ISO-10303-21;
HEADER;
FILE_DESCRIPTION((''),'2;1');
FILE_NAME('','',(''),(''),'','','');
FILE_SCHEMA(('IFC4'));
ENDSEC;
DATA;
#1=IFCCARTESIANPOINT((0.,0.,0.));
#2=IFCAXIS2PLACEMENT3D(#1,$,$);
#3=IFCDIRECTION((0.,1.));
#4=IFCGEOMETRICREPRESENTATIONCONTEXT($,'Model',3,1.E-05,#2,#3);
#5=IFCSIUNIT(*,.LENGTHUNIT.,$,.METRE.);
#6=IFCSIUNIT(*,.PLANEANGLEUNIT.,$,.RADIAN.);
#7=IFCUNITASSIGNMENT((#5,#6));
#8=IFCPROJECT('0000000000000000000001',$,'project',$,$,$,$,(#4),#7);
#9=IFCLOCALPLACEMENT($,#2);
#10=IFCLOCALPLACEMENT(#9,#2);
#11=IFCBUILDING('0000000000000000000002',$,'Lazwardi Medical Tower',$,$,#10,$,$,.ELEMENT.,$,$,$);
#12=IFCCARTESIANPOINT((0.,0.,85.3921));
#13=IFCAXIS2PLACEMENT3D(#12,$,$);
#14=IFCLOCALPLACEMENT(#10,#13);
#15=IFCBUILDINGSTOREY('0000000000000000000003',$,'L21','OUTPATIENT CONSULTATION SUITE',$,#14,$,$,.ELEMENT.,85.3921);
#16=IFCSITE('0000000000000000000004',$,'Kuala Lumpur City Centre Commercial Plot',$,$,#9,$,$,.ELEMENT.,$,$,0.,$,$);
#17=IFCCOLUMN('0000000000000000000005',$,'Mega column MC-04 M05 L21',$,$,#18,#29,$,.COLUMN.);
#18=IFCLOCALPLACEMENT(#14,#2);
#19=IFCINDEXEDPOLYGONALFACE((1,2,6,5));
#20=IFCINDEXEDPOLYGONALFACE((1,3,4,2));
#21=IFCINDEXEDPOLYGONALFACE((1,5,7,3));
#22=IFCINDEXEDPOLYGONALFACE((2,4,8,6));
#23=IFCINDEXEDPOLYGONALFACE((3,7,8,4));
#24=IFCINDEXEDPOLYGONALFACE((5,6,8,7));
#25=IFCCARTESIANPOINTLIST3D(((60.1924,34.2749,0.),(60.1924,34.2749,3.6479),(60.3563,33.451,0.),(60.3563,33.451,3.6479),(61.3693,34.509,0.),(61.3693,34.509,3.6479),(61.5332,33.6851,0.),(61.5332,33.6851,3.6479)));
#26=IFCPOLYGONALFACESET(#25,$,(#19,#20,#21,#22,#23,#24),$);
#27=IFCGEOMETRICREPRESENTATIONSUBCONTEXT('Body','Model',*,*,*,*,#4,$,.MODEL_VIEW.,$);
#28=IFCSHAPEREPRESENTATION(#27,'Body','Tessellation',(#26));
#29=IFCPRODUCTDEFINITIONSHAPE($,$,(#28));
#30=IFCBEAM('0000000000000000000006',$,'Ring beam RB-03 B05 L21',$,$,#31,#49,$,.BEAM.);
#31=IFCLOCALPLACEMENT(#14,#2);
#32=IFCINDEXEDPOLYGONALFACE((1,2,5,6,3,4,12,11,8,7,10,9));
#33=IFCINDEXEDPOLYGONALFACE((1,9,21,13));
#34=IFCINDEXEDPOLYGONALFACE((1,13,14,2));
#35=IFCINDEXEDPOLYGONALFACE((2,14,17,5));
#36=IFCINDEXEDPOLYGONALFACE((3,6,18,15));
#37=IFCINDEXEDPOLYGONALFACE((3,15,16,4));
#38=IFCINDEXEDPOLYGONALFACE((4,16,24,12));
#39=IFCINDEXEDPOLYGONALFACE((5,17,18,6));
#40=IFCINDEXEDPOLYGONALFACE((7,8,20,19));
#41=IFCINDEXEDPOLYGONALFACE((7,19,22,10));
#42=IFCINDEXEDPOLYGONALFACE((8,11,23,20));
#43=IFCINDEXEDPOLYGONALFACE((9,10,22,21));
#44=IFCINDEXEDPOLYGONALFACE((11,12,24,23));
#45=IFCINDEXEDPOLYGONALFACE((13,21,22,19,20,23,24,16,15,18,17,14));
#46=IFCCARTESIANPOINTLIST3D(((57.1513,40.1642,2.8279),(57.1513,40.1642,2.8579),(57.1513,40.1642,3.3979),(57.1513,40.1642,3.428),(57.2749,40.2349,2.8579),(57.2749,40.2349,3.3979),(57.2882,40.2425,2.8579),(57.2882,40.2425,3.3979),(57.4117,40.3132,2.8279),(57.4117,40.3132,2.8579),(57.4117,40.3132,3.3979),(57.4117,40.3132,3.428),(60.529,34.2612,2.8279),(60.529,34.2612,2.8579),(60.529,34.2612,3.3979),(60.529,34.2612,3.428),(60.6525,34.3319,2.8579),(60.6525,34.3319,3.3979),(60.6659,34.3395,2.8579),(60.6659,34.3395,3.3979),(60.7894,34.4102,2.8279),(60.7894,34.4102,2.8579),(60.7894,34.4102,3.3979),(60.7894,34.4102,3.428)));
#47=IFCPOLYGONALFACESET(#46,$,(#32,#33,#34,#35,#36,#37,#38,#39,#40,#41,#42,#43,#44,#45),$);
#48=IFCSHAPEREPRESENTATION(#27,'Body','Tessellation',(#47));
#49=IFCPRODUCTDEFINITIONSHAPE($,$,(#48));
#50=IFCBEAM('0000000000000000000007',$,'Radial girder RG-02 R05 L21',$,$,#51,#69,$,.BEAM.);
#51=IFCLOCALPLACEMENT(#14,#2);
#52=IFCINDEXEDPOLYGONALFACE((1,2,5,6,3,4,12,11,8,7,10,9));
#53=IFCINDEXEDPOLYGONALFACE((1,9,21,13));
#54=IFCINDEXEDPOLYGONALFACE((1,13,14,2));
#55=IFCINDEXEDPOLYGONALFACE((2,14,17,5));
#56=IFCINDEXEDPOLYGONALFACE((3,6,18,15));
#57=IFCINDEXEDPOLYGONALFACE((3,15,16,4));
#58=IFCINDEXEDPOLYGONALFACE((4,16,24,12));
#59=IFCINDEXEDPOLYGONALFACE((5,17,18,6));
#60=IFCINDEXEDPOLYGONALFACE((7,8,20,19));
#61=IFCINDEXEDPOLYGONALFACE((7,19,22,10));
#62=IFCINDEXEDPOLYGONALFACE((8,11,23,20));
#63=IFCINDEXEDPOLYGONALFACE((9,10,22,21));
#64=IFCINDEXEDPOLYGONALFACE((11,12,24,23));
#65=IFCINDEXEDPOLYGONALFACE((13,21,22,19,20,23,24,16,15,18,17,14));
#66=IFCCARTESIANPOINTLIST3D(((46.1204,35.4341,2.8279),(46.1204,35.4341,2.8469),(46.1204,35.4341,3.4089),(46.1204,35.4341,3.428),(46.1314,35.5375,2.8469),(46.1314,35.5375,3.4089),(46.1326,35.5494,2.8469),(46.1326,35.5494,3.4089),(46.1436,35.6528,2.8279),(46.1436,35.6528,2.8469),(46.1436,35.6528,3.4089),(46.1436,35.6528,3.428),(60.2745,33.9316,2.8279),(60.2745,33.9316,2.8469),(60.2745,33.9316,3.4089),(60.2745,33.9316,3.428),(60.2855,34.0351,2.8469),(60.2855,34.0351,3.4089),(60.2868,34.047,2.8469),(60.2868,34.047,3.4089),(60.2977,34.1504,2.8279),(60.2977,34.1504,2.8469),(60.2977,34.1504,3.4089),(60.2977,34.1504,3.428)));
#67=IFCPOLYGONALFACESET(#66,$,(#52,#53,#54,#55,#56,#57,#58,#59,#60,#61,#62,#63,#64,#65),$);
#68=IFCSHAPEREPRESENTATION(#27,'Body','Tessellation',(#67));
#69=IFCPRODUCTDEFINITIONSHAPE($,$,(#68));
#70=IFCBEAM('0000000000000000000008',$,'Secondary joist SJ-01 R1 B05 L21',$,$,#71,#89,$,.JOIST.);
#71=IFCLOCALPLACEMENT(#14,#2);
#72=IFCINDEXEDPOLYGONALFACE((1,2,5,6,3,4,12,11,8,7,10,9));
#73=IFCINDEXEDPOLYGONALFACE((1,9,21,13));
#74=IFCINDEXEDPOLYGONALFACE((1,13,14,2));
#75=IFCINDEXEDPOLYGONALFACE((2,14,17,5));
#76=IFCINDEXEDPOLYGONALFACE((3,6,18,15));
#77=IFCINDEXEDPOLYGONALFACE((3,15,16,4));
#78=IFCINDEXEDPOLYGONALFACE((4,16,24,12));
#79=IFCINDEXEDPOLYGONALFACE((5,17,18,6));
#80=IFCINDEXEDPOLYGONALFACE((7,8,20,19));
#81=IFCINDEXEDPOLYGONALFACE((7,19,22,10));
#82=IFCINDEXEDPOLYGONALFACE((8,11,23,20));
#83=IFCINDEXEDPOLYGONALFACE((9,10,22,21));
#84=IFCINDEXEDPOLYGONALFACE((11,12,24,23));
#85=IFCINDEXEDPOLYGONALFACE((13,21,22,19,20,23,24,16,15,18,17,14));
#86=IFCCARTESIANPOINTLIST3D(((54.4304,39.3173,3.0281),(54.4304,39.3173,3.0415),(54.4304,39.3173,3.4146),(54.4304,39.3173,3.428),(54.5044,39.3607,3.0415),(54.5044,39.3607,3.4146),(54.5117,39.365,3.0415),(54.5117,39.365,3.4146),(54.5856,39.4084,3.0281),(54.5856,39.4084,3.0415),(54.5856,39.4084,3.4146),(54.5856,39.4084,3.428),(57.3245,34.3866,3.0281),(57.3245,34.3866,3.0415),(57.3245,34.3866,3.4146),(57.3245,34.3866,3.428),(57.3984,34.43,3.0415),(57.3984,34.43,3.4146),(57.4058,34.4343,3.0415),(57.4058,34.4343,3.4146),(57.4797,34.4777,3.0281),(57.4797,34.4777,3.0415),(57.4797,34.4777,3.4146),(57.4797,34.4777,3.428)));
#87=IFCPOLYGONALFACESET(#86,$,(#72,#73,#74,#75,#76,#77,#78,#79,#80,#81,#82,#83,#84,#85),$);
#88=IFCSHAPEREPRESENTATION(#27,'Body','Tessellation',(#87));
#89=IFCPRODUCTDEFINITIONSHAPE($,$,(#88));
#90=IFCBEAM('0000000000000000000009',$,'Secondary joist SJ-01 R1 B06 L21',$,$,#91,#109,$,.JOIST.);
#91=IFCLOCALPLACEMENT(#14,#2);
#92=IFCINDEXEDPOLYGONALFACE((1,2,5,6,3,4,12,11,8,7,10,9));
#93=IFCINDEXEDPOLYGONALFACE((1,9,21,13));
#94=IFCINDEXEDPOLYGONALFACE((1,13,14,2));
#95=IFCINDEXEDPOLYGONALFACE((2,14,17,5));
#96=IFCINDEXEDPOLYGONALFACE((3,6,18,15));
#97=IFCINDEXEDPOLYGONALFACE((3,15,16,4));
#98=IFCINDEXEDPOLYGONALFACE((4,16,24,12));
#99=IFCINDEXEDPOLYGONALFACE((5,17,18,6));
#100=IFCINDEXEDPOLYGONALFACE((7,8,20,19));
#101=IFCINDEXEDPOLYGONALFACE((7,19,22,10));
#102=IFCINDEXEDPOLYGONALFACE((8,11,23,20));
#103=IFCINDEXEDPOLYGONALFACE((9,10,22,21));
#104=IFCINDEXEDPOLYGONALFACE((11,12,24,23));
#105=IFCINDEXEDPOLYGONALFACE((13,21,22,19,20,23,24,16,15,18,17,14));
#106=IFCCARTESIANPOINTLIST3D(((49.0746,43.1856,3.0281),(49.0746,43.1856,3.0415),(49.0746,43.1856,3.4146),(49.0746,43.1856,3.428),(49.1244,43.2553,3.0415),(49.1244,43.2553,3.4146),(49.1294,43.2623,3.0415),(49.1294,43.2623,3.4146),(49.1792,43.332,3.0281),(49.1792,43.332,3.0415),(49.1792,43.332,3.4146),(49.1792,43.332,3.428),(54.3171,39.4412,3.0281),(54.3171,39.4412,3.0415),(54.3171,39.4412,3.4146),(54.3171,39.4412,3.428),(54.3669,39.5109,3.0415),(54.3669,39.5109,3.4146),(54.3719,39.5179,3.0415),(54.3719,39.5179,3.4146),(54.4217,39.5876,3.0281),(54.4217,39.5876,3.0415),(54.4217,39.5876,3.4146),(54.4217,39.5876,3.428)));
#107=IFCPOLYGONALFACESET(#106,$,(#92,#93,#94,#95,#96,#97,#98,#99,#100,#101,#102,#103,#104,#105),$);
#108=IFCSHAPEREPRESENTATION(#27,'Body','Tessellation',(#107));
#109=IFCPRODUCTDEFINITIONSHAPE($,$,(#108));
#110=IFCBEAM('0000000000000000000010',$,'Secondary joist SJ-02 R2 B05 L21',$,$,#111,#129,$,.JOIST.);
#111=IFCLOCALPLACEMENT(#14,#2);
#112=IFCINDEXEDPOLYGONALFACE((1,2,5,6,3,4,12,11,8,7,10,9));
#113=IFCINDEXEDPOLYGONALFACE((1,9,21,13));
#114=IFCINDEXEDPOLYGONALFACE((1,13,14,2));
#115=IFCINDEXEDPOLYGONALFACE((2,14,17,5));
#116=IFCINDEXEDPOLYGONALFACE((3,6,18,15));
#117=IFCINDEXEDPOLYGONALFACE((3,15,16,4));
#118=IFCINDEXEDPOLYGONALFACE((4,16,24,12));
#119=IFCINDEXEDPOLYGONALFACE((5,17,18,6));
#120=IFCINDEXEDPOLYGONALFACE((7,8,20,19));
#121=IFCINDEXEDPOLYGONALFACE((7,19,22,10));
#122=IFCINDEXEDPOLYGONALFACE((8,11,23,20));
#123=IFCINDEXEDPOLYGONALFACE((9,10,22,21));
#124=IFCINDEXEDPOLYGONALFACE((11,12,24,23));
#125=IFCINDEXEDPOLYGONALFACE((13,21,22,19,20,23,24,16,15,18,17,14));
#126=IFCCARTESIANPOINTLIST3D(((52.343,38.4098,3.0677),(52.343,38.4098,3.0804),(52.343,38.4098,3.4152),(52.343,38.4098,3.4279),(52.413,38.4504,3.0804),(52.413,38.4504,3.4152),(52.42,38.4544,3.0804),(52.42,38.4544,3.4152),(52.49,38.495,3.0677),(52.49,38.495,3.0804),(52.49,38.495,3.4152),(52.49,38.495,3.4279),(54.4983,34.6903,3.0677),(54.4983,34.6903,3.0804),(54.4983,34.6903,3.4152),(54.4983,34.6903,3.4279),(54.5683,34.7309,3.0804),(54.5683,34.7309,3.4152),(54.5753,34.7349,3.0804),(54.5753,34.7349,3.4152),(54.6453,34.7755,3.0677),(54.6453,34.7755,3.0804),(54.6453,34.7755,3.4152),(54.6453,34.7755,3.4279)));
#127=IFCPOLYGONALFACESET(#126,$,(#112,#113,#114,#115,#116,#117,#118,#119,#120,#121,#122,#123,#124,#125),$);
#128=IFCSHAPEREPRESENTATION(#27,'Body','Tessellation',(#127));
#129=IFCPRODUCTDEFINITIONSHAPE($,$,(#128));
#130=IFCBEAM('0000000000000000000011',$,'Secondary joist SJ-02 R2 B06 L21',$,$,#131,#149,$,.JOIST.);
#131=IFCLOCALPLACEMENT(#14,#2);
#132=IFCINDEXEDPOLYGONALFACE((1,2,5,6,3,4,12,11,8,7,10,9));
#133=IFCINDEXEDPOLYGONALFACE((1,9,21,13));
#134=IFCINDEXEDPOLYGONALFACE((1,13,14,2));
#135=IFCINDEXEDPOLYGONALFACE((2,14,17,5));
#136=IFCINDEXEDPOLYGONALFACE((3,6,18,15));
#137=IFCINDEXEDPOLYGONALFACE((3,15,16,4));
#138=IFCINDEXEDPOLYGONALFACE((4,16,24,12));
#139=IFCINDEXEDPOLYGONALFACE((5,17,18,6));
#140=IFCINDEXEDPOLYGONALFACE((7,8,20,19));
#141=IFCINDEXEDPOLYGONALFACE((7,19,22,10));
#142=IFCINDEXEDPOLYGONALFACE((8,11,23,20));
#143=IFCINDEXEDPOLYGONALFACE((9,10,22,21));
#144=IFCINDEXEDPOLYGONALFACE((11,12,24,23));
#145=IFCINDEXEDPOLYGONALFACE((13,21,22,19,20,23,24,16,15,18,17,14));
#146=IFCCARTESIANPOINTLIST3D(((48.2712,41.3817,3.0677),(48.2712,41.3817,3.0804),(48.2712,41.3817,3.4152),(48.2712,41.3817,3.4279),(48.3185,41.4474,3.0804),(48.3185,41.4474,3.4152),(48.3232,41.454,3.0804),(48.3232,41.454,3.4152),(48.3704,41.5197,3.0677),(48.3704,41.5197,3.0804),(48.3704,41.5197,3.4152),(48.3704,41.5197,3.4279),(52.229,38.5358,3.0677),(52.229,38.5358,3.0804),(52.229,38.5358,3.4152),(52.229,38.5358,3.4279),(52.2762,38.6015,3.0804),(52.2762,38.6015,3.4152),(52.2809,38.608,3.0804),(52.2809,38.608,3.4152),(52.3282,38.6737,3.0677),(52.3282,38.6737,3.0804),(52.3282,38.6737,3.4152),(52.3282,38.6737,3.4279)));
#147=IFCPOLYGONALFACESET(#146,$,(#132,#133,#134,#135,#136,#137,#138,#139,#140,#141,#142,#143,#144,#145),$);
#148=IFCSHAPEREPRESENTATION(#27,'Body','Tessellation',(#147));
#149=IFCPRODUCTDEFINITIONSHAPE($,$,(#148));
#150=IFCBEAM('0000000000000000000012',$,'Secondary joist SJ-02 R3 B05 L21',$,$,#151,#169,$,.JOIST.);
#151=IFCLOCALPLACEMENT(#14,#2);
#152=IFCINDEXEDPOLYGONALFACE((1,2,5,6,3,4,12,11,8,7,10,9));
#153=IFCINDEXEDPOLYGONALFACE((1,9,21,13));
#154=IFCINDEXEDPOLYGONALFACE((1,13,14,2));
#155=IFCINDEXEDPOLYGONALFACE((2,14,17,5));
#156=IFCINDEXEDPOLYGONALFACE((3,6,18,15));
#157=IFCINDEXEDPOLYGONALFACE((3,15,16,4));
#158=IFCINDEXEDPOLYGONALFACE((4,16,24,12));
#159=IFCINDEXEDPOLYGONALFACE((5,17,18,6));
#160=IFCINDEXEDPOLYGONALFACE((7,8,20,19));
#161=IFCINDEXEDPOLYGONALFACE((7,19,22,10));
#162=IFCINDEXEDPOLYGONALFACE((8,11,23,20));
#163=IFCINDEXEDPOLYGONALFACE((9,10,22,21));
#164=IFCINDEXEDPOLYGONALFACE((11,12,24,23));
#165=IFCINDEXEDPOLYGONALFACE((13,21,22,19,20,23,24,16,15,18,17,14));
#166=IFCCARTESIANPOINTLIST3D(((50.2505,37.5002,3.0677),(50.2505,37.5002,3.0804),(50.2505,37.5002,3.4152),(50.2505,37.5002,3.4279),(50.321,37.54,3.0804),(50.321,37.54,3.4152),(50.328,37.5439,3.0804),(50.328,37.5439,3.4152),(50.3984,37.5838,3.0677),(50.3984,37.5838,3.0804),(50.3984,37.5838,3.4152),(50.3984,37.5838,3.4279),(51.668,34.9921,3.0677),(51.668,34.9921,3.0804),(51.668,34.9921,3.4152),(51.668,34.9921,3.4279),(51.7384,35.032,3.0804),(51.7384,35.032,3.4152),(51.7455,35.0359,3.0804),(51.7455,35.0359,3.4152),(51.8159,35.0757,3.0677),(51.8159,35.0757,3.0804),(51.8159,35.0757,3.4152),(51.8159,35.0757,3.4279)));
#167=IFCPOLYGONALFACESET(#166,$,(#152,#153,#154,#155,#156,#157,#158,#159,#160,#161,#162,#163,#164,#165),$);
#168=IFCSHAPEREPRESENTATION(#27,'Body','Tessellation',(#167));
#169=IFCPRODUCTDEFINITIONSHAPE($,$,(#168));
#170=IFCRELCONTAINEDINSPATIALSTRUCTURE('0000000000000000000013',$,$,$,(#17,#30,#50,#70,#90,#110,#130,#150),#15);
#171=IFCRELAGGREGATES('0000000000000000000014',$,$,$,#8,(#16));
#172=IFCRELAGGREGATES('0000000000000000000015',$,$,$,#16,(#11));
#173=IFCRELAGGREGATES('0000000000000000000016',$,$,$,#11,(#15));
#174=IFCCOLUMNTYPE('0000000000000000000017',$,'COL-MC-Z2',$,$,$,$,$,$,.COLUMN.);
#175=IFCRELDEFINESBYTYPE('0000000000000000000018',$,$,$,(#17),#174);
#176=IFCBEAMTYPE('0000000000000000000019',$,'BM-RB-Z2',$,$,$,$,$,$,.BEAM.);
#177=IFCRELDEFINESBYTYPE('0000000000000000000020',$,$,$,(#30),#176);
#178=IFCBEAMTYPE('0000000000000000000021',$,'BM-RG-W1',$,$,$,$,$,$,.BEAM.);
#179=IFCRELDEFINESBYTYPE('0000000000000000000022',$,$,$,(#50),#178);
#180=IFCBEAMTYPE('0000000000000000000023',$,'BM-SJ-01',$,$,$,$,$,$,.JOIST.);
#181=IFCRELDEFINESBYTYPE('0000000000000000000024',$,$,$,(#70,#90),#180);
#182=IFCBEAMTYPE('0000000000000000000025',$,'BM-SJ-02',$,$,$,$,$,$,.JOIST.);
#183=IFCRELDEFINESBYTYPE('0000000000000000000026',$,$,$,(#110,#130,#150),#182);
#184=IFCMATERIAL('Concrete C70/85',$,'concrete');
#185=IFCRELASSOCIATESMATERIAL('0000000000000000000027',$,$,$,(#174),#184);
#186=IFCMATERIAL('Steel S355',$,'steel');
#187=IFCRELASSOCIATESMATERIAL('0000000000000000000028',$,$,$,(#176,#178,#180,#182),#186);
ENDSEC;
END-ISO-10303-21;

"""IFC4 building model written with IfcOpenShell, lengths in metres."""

from ifc_helpers import new_model, si_unit, direction, frame, origin, origin_2d, place, context, subcontext, project, spatial, rectangle, i_section, extrude, material, material_profile, profile_set, type_object, element, save


model = new_model("IFC4")

# Units and contexts
model_context = context("Model", 3, precision=1e-05, world=origin(), true_north=direction((0.0, 1.0)))
body_context = subcontext(model_context, "Body", "Model", "MODEL_VIEW")
ifc_project = project(units=[si_unit("LENGTHUNIT", "METRE"), si_unit("PLANEANGLEUNIT", "RADIAN")], contexts=[model_context])

# Site, building, storey
site_placement = place(None, origin())
site = spatial("IfcSite", under=ifc_project, at=site_placement, Name="Kuala Lumpur City Centre Commercial Plot", CompositionType="ELEMENT", RefElevation=0.0)
building_placement = place(site_placement, origin())
building = spatial("IfcBuilding", under=site, at=building_placement, Name="Lazwardi Medical Tower", CompositionType="ELEMENT")
storey_placement = place(building_placement, frame((0.0, 0.0, 85.3921)))
storey = spatial("IfcBuildingStorey", under=building, at=storey_placement, Name="L21", Description="OUTPATIENT CONSULTATION SUITE", CompositionType="ELEMENT", Elevation=85.3921)

# Column
ifc_material_1 = material(Name="Concrete C70/85", Category="concrete")
ifc_material_profile_1 = material_profile(ifc_material_1, rectangle(XDim=1.2, YDim=0.8401, at=origin_2d()), Name="CFT-RECT 1200x840")
ifc_profile_set_1 = profile_set([ifc_material_profile_1], Name="Concrete C70/85")
column_type = type_object("IfcColumnType", Name="COL-MC-Z2", PredefinedType="COLUMN", material=ifc_profile_set_1)
column_placement = place(storey_placement, frame((60.8628, 33.98, 0.0), z_axis=(0.0, 0.0, 1.0), x_axis=(0.980785, 0.19509, 0.0)))
element("IfcColumn", 1, at=column_placement, inside=storey, type_object=column_type, Name="Mega column MC-04 M05 L21", PredefinedType="COLUMN", context=body_context, shape_type="SweptSolid", body=[
    extrude(rectangle(XDim=1.2, YDim=0.8401, at=origin_2d()), origin(), (0.0, 0.0, 1.0), 3.6479),
])

# Beams
ifc_material_2 = material(Name="Steel S355", Category="steel")
ifc_material_profile_2 = material_profile(ifc_material_2, i_section(OverallWidth=0.3, OverallDepth=0.6001, WebThickness=0.0154, FlangeThickness=0.03, at=origin_2d()), Name="HEB 600")
ifc_profile_set_2 = profile_set([ifc_material_profile_2], Name="Steel S355")
beam_type_1 = type_object("IfcBeamType", Name="BM-RB-Z2", PredefinedType="BEAM", material=ifc_profile_set_2)
beam_1_placement = place(storey_placement, frame((60.6592, 34.3357, 3.1279), z_axis=(-0.496638, 0.867958, 0.0), x_axis=(-0.867958, -0.496638, 0.0)))
element("IfcBeam", 2, at=beam_1_placement, inside=storey, type_object=beam_type_1, Name="Ring beam RB-03 B05 L21", PredefinedType="BEAM", context=body_context, shape_type="SweptSolid", body=[
    extrude(i_section(OverallWidth=0.3, OverallDepth=0.6001, WebThickness=0.0154, FlangeThickness=0.03, at=origin_2d()), origin(), (0.0, 0.0, 1.0), 6.801),
])
ifc_material_profile_3 = material_profile(ifc_material_2, i_section(OverallWidth=0.22, OverallDepth=0.6001, WebThickness=0.012, FlangeThickness=0.019, at=origin_2d()), Name="IPE 600")
ifc_profile_set_3 = profile_set([ifc_material_profile_3], Name="Steel S355")
beam_type_2 = type_object("IfcBeamType", Name="BM-RG-W1", PredefinedType="BEAM", material=ifc_profile_set_3)
beam_2_placement = place(storey_placement, frame((60.2861, 34.041, 3.1279), z_axis=(-0.994413, 0.105556, 0.0), x_axis=(-0.105556, -0.994413, 0.0)))
element("IfcBeam", 3, at=beam_2_placement, inside=storey, type_object=beam_type_2, Name="Radial girder RG-02 R05 L21", PredefinedType="BEAM", context=body_context, shape_type="SweptSolid", body=[
    extrude(i_section(OverallWidth=0.22, OverallDepth=0.6001, WebThickness=0.012, FlangeThickness=0.019, at=origin_2d()), origin(), (0.0, 0.0, 1.0), 14.2336),
])
ifc_material_profile_4 = material_profile(ifc_material_2, i_section(OverallWidth=0.1799, OverallDepth=0.3999, WebThickness=0.0085, FlangeThickness=0.0134, at=origin_2d()), Name="IPE 400")
ifc_profile_set_4 = profile_set([ifc_material_profile_4], Name="Steel S355")
beam_type_3 = type_object("IfcBeamType", Name="BM-SJ-01", PredefinedType="JOIST", material=ifc_profile_set_4)
beam_3_placement = place(storey_placement, frame((57.4021, 34.4321, 3.228), z_axis=(-0.506195, 0.862419, 0.0), x_axis=(-0.862419, -0.506195, 0.0)))
element("IfcBeam", 4, at=beam_3_placement, inside=storey, type_object=beam_type_3, Name="Secondary joist SJ-01 R1 B05 L21", PredefinedType="JOIST", context=body_context, shape_type="SweptSolid", body=[
    extrude(i_section(OverallWidth=0.1799, OverallDepth=0.3999, WebThickness=0.0085, FlangeThickness=0.0134, at=origin_2d()), origin(), (0.0, 0.0, 1.0), 5.7173),
])
beam_4_placement = place(storey_placement, frame((54.3694, 39.5144, 3.228), z_axis=(-0.813749, 0.581217, 0.0), x_axis=(-0.581217, -0.813749, 0.0)))
element("IfcBeam", 5, at=beam_4_placement, inside=storey, type_object=beam_type_3, Name="Secondary joist SJ-01 R1 B06 L21", PredefinedType="JOIST", context=body_context, shape_type="SweptSolid", body=[
    extrude(i_section(OverallWidth=0.1799, OverallDepth=0.3999, WebThickness=0.0085, FlangeThickness=0.0134, at=origin_2d()), origin(), (0.0, 0.0, 1.0), 6.4424),
])
ifc_material_profile_5 = material_profile(ifc_material_2, i_section(OverallWidth=0.1699, OverallDepth=0.3601, WebThickness=0.0081, FlangeThickness=0.0127, at=origin_2d()), Name="IPE 360")
ifc_profile_set_5 = profile_set([ifc_material_profile_5], Name="Steel S355")
beam_type_4 = type_object("IfcBeamType", Name="BM-SJ-02", PredefinedType="JOIST", material=ifc_profile_set_5)
beam_5_placement = place(storey_placement, frame((54.5718, 34.7329, 3.2478), z_axis=(-0.501365, 0.865236, 0.0), x_axis=(-0.865236, -0.501365, 0.0)))
element("IfcBeam", 6, at=beam_5_placement, inside=storey, type_object=beam_type_4, Name="Secondary joist SJ-02 R2 B05 L21", PredefinedType="JOIST", context=body_context, shape_type="SweptSolid", body=[
    extrude(i_section(OverallWidth=0.1699, OverallDepth=0.3601, WebThickness=0.0081, FlangeThickness=0.0127, at=origin_2d()), origin(), (0.0, 0.0, 1.0), 4.2988),
])
beam_6_placement = place(storey_placement, frame((52.2786, 38.6047, 3.2478), z_axis=(-0.811889, 0.583813, 0.0), x_axis=(-0.583813, -0.811889, 0.0)))
element("IfcBeam", 7, at=beam_6_placement, inside=storey, type_object=beam_type_4, Name="Secondary joist SJ-02 R2 B06 L21", PredefinedType="JOIST", context=body_context, shape_type="SweptSolid", body=[
    extrude(i_section(OverallWidth=0.1699, OverallDepth=0.3601, WebThickness=0.0081, FlangeThickness=0.0127, at=origin_2d()), origin(), (0.0, 0.0, 1.0), 4.8748),
])
beam_7_placement = place(storey_placement, frame((51.7419, 35.0339, 3.2478), z_axis=(-0.492027, 0.87058, 0.0), x_axis=(-0.87058, -0.492027, 0.0)))
element("IfcBeam", 8, at=beam_7_placement, inside=storey, type_object=beam_type_4, Name="Secondary joist SJ-02 R3 B05 L21", PredefinedType="JOIST", context=body_context, shape_type="SweptSolid", body=[
    extrude(i_section(OverallWidth=0.1699, OverallDepth=0.3601, WebThickness=0.0081, FlangeThickness=0.0127, at=origin_2d()), origin(), (0.0, 0.0, 1.0), 2.8809),
])

save(model, "model.ifc")
